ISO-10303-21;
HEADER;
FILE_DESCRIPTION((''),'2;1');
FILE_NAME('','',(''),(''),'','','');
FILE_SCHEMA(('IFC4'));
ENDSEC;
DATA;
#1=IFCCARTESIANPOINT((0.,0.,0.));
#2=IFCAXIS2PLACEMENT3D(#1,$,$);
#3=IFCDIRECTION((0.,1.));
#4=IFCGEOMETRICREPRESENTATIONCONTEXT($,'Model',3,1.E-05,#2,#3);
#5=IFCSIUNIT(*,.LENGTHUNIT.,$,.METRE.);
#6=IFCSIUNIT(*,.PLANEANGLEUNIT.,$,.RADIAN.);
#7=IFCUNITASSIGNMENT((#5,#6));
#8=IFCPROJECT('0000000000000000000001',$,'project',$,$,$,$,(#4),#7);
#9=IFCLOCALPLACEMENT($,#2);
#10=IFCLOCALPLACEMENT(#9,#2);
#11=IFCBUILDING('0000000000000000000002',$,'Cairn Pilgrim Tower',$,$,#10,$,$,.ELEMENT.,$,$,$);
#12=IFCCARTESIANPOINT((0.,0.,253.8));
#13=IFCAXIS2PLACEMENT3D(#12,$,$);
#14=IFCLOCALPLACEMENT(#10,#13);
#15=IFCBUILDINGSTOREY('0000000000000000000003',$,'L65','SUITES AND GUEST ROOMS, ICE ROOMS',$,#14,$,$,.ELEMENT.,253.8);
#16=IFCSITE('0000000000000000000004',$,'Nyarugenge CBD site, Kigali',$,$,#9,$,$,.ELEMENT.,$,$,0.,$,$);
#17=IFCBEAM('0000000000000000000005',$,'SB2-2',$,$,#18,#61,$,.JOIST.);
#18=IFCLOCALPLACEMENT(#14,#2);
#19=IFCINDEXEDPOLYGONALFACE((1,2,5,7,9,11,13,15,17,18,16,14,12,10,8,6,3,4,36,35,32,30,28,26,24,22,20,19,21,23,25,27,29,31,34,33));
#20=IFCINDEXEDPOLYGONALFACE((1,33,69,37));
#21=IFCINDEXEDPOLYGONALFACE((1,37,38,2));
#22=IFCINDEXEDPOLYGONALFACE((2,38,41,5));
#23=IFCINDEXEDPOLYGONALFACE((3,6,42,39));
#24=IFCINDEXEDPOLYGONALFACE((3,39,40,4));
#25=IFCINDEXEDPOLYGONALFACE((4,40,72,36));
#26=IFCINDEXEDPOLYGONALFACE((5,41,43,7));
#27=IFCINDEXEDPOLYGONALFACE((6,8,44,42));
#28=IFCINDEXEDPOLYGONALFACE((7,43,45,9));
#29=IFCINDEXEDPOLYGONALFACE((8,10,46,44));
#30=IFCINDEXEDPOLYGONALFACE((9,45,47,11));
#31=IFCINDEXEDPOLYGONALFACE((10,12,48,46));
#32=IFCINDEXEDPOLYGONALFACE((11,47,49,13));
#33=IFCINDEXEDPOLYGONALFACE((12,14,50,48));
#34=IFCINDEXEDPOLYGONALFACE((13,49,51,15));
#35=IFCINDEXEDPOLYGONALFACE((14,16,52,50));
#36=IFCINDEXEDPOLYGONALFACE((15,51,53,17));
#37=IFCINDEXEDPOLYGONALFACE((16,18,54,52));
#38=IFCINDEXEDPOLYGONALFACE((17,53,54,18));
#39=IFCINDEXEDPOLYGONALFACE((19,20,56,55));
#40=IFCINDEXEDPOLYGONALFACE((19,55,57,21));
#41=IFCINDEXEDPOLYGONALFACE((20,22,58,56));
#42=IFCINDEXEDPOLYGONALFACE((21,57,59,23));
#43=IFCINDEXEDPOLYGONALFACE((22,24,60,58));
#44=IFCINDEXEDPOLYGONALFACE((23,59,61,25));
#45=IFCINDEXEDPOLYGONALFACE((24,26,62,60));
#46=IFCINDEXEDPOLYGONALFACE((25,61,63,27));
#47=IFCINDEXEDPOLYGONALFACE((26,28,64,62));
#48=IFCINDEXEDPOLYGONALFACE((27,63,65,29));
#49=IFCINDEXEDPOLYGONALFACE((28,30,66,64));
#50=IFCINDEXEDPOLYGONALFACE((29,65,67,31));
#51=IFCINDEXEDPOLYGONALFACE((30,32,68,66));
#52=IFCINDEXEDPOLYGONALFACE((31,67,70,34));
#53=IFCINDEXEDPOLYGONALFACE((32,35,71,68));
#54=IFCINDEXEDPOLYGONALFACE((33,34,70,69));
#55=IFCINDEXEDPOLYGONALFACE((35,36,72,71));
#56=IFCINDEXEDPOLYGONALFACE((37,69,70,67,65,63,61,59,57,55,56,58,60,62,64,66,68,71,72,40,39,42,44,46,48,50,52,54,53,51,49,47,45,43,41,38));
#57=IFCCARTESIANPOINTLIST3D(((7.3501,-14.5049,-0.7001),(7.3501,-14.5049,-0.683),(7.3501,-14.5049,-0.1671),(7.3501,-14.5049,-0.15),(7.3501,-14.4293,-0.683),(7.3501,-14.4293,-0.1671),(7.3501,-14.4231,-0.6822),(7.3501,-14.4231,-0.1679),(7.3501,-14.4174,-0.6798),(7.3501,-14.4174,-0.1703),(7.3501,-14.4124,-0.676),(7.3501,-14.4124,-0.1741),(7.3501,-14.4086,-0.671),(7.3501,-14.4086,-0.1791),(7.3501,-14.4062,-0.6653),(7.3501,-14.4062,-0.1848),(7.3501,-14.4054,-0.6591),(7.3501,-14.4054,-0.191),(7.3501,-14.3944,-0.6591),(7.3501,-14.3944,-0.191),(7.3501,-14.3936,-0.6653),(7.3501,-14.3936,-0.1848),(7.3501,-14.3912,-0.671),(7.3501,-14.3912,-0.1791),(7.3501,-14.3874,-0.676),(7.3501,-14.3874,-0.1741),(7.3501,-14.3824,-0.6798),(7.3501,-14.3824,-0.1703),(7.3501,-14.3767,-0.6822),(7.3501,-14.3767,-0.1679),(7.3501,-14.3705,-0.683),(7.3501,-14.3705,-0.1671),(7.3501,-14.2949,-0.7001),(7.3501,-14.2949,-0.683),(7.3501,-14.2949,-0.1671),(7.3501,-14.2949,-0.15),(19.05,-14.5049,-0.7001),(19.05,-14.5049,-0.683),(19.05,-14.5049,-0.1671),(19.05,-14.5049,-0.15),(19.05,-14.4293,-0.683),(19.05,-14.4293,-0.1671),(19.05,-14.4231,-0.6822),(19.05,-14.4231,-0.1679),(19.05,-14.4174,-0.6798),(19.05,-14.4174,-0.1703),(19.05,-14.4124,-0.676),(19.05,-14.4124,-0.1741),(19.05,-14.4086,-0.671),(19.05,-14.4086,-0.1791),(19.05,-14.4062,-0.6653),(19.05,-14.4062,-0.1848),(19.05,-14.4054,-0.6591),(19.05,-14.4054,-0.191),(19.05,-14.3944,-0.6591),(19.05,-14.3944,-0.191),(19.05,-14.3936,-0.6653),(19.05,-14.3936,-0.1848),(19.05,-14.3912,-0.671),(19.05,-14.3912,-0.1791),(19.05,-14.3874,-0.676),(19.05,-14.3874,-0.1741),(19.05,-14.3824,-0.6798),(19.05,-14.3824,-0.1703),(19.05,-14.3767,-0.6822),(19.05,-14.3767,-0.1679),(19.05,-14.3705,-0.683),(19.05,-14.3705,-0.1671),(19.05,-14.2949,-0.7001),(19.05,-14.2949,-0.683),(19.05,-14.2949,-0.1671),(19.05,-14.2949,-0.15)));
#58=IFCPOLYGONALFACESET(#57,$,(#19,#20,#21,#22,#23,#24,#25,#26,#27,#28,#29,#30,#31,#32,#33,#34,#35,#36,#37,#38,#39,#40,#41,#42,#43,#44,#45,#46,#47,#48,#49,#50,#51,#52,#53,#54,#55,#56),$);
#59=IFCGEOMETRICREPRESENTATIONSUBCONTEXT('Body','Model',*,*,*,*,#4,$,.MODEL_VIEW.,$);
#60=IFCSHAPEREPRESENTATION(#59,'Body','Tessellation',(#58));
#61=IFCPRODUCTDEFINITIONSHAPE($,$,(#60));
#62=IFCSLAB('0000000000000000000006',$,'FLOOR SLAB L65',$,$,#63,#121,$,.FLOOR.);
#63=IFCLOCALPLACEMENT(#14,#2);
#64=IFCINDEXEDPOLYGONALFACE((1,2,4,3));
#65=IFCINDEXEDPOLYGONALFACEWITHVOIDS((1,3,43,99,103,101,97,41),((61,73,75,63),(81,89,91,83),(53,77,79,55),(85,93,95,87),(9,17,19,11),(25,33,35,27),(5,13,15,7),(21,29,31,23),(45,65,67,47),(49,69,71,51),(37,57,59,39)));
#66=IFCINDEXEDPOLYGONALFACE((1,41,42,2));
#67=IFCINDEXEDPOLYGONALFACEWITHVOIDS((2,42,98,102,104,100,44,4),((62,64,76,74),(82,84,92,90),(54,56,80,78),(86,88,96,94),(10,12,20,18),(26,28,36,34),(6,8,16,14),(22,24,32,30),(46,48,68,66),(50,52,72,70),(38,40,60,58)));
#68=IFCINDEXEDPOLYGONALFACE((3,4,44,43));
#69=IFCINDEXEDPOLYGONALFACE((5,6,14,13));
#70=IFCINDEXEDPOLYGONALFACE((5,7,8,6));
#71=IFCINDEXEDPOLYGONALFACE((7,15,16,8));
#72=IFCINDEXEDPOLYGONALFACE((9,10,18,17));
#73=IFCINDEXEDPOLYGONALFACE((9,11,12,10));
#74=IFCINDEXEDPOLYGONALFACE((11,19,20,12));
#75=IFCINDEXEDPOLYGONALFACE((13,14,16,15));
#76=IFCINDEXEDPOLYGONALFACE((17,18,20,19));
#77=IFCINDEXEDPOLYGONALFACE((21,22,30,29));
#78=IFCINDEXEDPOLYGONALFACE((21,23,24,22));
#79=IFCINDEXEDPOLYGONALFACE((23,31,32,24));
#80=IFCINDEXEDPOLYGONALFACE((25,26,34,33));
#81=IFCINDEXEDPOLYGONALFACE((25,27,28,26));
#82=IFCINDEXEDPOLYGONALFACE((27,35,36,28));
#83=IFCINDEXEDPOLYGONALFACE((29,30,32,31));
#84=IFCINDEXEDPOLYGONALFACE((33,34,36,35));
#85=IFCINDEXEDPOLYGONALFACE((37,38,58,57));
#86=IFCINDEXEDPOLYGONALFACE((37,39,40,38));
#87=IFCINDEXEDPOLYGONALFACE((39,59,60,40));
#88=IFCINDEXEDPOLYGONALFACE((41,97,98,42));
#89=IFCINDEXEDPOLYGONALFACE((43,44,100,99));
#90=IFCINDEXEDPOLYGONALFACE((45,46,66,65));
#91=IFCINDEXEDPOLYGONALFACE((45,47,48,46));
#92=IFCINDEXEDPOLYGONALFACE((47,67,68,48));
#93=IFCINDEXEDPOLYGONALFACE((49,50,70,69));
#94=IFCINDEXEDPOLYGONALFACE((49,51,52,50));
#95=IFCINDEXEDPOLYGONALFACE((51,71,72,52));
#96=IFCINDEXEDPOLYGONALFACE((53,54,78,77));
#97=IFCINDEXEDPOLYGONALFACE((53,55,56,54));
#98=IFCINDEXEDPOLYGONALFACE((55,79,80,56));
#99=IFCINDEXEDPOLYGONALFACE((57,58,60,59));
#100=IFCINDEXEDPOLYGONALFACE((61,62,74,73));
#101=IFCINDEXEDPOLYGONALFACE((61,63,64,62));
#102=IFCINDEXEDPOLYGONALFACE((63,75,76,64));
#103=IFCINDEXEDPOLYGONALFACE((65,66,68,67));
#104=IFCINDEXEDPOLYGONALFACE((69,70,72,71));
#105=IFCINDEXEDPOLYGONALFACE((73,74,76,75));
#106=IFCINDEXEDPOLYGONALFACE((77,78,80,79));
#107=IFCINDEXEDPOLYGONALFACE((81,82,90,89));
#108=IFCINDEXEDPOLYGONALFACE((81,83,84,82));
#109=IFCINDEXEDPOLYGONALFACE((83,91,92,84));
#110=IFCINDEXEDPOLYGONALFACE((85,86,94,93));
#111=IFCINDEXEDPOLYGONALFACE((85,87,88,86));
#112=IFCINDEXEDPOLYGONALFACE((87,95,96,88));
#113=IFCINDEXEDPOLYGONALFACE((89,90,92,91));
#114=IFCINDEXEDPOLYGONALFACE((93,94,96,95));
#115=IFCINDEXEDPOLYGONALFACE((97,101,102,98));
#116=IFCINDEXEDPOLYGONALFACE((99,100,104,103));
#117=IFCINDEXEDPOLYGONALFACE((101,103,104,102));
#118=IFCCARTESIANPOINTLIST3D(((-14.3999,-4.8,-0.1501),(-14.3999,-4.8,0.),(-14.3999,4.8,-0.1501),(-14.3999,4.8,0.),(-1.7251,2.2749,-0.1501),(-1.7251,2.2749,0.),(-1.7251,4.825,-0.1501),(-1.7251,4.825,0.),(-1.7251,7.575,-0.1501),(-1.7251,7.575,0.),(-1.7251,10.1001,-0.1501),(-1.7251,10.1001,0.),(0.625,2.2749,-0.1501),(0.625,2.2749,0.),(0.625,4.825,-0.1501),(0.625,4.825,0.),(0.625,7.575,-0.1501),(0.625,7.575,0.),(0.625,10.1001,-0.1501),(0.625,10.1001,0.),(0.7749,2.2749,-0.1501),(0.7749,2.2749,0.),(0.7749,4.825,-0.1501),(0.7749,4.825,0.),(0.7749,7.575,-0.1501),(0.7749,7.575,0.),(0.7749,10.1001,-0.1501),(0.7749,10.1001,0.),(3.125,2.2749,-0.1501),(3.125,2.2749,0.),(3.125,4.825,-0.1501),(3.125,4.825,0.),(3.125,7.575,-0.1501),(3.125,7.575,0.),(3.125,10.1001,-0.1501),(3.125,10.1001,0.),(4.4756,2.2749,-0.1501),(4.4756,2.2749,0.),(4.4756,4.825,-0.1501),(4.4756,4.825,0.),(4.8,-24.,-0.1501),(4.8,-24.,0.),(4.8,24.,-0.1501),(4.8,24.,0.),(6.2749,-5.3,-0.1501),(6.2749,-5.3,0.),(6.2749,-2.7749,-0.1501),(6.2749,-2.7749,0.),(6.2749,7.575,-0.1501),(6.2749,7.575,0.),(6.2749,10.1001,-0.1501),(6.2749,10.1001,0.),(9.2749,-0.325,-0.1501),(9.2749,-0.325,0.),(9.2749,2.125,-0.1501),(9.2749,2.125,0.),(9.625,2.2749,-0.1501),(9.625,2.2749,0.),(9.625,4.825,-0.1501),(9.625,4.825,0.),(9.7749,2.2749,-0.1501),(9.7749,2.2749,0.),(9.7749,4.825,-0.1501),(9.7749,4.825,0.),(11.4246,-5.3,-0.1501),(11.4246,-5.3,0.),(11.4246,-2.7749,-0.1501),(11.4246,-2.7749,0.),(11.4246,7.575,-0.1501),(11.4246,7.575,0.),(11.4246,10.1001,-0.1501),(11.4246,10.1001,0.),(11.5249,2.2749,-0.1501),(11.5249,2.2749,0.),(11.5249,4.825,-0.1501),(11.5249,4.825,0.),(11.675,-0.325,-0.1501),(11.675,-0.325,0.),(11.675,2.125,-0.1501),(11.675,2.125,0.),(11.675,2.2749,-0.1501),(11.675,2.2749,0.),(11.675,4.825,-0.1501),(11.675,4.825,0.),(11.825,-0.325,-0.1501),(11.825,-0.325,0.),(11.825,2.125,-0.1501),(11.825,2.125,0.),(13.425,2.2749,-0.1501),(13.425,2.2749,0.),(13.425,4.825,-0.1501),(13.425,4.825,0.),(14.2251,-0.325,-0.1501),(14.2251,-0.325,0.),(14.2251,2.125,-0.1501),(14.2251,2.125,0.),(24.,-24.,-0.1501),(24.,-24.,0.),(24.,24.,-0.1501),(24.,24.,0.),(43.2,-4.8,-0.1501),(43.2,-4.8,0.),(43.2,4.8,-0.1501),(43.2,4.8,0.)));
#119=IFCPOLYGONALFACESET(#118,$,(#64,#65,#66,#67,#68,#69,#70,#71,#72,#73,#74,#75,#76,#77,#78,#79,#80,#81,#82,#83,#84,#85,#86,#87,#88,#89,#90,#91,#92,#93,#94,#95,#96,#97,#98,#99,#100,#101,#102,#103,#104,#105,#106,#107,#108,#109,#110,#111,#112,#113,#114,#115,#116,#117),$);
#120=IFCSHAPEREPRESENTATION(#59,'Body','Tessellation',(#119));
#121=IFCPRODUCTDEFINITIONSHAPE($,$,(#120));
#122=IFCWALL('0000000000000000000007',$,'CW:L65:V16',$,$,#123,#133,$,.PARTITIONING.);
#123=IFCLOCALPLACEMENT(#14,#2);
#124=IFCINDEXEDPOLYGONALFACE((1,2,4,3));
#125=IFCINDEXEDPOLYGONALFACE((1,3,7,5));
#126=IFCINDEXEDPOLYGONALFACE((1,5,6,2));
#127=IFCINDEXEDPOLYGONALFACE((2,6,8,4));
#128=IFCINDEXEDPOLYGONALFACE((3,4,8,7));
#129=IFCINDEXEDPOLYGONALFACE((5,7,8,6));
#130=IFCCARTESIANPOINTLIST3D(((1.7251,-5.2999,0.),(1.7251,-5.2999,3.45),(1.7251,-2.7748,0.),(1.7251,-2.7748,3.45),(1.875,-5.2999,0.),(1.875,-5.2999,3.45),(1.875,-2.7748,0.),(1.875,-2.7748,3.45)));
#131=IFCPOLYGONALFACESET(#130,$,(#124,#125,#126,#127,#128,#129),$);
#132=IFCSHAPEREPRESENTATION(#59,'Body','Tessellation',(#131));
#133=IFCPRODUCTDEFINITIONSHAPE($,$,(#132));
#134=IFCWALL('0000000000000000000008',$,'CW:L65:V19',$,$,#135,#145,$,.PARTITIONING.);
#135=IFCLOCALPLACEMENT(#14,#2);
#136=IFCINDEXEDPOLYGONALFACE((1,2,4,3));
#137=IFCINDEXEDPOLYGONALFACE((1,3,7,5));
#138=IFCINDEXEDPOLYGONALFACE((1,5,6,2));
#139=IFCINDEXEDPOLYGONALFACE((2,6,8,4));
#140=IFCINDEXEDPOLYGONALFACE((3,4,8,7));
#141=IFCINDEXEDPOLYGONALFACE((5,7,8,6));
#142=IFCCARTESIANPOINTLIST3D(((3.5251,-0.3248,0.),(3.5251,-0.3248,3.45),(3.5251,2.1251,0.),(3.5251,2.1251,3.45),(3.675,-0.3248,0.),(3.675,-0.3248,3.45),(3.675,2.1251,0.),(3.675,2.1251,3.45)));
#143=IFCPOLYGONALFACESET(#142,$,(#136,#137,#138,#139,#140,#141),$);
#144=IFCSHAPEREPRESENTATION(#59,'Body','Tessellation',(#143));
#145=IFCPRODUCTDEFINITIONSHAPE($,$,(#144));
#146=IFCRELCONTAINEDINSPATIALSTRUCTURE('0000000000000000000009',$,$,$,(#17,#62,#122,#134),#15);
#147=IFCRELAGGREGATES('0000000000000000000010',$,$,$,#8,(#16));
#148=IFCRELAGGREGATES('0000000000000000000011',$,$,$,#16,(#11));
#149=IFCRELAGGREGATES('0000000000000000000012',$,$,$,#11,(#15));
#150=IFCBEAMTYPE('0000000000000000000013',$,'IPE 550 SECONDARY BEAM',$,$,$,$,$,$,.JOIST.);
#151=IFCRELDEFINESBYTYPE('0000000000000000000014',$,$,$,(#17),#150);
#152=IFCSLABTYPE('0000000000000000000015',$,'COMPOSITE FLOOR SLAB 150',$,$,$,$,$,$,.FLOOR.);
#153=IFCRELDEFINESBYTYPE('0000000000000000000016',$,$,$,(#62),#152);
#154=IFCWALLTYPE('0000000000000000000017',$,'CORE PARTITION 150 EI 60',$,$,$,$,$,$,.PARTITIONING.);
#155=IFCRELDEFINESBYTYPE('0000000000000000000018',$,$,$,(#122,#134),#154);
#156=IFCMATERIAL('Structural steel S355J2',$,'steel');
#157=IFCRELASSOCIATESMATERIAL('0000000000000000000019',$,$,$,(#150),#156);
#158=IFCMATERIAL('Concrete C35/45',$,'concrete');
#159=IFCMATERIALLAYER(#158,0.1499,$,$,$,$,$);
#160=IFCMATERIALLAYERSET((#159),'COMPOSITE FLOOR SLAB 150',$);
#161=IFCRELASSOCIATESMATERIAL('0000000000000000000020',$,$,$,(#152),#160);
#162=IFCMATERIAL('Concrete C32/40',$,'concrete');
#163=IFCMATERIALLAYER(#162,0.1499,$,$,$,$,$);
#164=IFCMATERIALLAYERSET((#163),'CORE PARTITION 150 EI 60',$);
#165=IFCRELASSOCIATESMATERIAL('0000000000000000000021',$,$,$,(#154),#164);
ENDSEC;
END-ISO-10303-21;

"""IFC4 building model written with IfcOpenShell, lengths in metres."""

from ifc_helpers import new_model, si_unit, direction, frame, frame_2d, origin, origin_2d, place, context, subcontext, project, spatial, polyline, rectangle, i_section, outline, extrude, material, layer, layer_set, material_profile, profile_set, type_object, element, save


model = new_model("IFC4")

# Units and contexts
model_context = context("Model", 3, precision=1e-05, world=origin(), true_north=direction((0.0, 1.0)))
body_context = subcontext(model_context, "Body", "Model", "MODEL_VIEW")
ifc_project = project(units=[si_unit("LENGTHUNIT", "METRE"), si_unit("PLANEANGLEUNIT", "RADIAN")], contexts=[model_context])

# Site, building, storey
site_placement = place(None, origin())
site = spatial("IfcSite", under=ifc_project, at=site_placement, Name="Nyarugenge CBD site, Kigali", CompositionType="ELEMENT", RefElevation=0.0)
building_placement = place(site_placement, origin())
building = spatial("IfcBuilding", under=site, at=building_placement, Name="Cairn Pilgrim Tower", CompositionType="ELEMENT")
storey_placement = place(building_placement, frame((0.0, 0.0, 253.8)))
storey = spatial("IfcBuildingStorey", under=building, at=storey_placement, Name="L65", Description="SUITES AND GUEST ROOMS, ICE ROOMS", CompositionType="ELEMENT", Elevation=253.8)

# Shared definitions
ifc_material_1 = material(Name="Structural steel S355J2", Category="steel")

# Beam
ifc_material_profile_1 = material_profile(ifc_material_1, i_section(OverallWidth=0.21, OverallDepth=0.55, WebThickness=0.011, FlangeThickness=0.0171, FilletRadius=0.0239, at=origin_2d()), Name="IPE 550")
ifc_profile_set_1 = profile_set([ifc_material_profile_1], Name="Structural steel S355J2")
beam_type_1 = type_object("IfcBeamType", Name="IPE 550 SECONDARY BEAM", PredefinedType="JOIST", material=ifc_profile_set_1)
beam_1_placement = place(storey_placement, frame((7.3501, -14.3999, -0.425), z_axis=(1.0, 0.0, 0.0), x_axis=(0.0, 1.0, 0.0)))
element("IfcBeam", 1, at=beam_1_placement, inside=storey, type_object=beam_type_1, Name="SB2-2", PredefinedType="JOIST", context=body_context, shape_type="SweptSolid", body=[
    extrude(i_section(OverallWidth=0.21, OverallDepth=0.55, WebThickness=0.011, FlangeThickness=0.0171, FilletRadius=0.0239, at=origin_2d()), origin(), (0.0, 0.0, 1.0), 11.7),
])

# Slab
ifc_material_2 = material(Name="Concrete C35/45", Category="concrete")
ifc_layer_1 = layer(ifc_material_2, 0.1499)
ifc_layer_set_1 = layer_set([ifc_layer_1], Name="COMPOSITE FLOOR SLAB 150")
slab_type = type_object("IfcSlabType", Name="COMPOSITE FLOOR SLAB 150", PredefinedType="FLOOR", material=ifc_layer_set_1)
slab_placement = place(storey_placement, frame((0.0, 0.0, -0.1501)))
element("IfcSlab", 2, at=slab_placement, inside=storey, type_object=slab_type, Name="FLOOR SLAB L65", PredefinedType="FLOOR", context=body_context, shape_type="SweptSolid", body=[
    extrude(outline(polyline([(4.8, -24.0), (24.0, -24.0), (43.2, -4.8), (43.2, 4.8), (24.0, 24.0), (4.8, 24.0), (-14.3999, 4.8), (-14.3999, -4.8), (4.8, -24.0)]), holes=[polyline([(9.2749, -0.325), (11.675, -0.325), (11.675, 2.125), (9.2749, 2.125), (9.2749, -0.325)]), polyline([(11.825, -0.325), (14.2251, -0.325), (14.2251, 2.125), (11.825, 2.125), (11.825, -0.325)]), polyline([(-1.7251, 2.2749), (0.625, 2.2749), (0.625, 4.825), (-1.7251, 4.825), (-1.7251, 2.2749)]), polyline([(0.7749, 2.2749), (3.125, 2.2749), (3.125, 4.825), (0.7749, 4.825), (0.7749, 2.2749)]), polyline([(-1.7251, 7.575), (0.625, 7.575), (0.625, 10.1001), (-1.7251, 10.1001), (-1.7251, 7.575)]), polyline([(0.7749, 7.575), (3.125, 7.575), (3.125, 10.1001), (0.7749, 10.1001), (0.7749, 7.575)]), polyline([(9.7749, 2.2749), (11.5249, 2.2749), (11.5249, 4.825), (9.7749, 4.825), (9.7749, 2.2749)]), polyline([(11.675, 2.2749), (13.425, 2.2749), (13.425, 4.825), (11.675, 4.825), (11.675, 2.2749)]), polyline([(11.4246, -2.7749), (6.2749, -2.7749), (6.2749, -5.3), (11.4246, -5.3), (11.4246, -2.7749)]), polyline([(4.4756, 2.2749), (9.625, 2.2749), (9.625, 4.825), (4.4756, 4.825), (4.4756, 2.2749)]), polyline([(11.4246, 10.1001), (6.2749, 10.1001), (6.2749, 7.575), (11.4246, 7.575), (11.4246, 10.1001)])]), origin(), (0.0, 0.0, 1.0), 0.1501),
])

# Walls
ifc_material_3 = material(Name="Concrete C32/40", Category="concrete")
ifc_layer_2 = layer(ifc_material_3, 0.1499)
ifc_layer_set_2 = layer_set([ifc_layer_2], Name="CORE PARTITION 150 EI 60")
wall_type_1 = type_object("IfcWallType", Name="CORE PARTITION 150 EI 60", PredefinedType="PARTITIONING", material=ifc_layer_set_2)
wall_1_placement = place(storey_placement, frame((1.8, -5.3, 0.0), z_axis=(0.0, 0.0, 1.0), x_axis=(0.0, 1.0, 0.0)))
element("IfcWall", 3, at=wall_1_placement, inside=storey, type_object=wall_type_1, Name="CW:L65:V16", PredefinedType="PARTITIONING", context=body_context, shape_type="SweptSolid", body=[
    extrude(rectangle(XDim=2.5251, YDim=0.1499, at=frame_2d((1.2627, 0.0))), origin(), (0.0, 0.0, 1.0), 3.45),
])
wall_2_placement = place(storey_placement, frame((3.6001, -0.325, 0.0), z_axis=(0.0, 0.0, 1.0), x_axis=(0.0, 1.0, 0.0)))
element("IfcWall", 4, at=wall_2_placement, inside=storey, type_object=wall_type_1, Name="CW:L65:V19", PredefinedType="PARTITIONING", context=body_context, shape_type="SweptSolid", body=[
    extrude(rectangle(XDim=2.45, YDim=0.1499, at=frame_2d((1.2251, 0.0))), origin(), (0.0, 0.0, 1.0), 3.45),
])

save(model, "model.ifc")
